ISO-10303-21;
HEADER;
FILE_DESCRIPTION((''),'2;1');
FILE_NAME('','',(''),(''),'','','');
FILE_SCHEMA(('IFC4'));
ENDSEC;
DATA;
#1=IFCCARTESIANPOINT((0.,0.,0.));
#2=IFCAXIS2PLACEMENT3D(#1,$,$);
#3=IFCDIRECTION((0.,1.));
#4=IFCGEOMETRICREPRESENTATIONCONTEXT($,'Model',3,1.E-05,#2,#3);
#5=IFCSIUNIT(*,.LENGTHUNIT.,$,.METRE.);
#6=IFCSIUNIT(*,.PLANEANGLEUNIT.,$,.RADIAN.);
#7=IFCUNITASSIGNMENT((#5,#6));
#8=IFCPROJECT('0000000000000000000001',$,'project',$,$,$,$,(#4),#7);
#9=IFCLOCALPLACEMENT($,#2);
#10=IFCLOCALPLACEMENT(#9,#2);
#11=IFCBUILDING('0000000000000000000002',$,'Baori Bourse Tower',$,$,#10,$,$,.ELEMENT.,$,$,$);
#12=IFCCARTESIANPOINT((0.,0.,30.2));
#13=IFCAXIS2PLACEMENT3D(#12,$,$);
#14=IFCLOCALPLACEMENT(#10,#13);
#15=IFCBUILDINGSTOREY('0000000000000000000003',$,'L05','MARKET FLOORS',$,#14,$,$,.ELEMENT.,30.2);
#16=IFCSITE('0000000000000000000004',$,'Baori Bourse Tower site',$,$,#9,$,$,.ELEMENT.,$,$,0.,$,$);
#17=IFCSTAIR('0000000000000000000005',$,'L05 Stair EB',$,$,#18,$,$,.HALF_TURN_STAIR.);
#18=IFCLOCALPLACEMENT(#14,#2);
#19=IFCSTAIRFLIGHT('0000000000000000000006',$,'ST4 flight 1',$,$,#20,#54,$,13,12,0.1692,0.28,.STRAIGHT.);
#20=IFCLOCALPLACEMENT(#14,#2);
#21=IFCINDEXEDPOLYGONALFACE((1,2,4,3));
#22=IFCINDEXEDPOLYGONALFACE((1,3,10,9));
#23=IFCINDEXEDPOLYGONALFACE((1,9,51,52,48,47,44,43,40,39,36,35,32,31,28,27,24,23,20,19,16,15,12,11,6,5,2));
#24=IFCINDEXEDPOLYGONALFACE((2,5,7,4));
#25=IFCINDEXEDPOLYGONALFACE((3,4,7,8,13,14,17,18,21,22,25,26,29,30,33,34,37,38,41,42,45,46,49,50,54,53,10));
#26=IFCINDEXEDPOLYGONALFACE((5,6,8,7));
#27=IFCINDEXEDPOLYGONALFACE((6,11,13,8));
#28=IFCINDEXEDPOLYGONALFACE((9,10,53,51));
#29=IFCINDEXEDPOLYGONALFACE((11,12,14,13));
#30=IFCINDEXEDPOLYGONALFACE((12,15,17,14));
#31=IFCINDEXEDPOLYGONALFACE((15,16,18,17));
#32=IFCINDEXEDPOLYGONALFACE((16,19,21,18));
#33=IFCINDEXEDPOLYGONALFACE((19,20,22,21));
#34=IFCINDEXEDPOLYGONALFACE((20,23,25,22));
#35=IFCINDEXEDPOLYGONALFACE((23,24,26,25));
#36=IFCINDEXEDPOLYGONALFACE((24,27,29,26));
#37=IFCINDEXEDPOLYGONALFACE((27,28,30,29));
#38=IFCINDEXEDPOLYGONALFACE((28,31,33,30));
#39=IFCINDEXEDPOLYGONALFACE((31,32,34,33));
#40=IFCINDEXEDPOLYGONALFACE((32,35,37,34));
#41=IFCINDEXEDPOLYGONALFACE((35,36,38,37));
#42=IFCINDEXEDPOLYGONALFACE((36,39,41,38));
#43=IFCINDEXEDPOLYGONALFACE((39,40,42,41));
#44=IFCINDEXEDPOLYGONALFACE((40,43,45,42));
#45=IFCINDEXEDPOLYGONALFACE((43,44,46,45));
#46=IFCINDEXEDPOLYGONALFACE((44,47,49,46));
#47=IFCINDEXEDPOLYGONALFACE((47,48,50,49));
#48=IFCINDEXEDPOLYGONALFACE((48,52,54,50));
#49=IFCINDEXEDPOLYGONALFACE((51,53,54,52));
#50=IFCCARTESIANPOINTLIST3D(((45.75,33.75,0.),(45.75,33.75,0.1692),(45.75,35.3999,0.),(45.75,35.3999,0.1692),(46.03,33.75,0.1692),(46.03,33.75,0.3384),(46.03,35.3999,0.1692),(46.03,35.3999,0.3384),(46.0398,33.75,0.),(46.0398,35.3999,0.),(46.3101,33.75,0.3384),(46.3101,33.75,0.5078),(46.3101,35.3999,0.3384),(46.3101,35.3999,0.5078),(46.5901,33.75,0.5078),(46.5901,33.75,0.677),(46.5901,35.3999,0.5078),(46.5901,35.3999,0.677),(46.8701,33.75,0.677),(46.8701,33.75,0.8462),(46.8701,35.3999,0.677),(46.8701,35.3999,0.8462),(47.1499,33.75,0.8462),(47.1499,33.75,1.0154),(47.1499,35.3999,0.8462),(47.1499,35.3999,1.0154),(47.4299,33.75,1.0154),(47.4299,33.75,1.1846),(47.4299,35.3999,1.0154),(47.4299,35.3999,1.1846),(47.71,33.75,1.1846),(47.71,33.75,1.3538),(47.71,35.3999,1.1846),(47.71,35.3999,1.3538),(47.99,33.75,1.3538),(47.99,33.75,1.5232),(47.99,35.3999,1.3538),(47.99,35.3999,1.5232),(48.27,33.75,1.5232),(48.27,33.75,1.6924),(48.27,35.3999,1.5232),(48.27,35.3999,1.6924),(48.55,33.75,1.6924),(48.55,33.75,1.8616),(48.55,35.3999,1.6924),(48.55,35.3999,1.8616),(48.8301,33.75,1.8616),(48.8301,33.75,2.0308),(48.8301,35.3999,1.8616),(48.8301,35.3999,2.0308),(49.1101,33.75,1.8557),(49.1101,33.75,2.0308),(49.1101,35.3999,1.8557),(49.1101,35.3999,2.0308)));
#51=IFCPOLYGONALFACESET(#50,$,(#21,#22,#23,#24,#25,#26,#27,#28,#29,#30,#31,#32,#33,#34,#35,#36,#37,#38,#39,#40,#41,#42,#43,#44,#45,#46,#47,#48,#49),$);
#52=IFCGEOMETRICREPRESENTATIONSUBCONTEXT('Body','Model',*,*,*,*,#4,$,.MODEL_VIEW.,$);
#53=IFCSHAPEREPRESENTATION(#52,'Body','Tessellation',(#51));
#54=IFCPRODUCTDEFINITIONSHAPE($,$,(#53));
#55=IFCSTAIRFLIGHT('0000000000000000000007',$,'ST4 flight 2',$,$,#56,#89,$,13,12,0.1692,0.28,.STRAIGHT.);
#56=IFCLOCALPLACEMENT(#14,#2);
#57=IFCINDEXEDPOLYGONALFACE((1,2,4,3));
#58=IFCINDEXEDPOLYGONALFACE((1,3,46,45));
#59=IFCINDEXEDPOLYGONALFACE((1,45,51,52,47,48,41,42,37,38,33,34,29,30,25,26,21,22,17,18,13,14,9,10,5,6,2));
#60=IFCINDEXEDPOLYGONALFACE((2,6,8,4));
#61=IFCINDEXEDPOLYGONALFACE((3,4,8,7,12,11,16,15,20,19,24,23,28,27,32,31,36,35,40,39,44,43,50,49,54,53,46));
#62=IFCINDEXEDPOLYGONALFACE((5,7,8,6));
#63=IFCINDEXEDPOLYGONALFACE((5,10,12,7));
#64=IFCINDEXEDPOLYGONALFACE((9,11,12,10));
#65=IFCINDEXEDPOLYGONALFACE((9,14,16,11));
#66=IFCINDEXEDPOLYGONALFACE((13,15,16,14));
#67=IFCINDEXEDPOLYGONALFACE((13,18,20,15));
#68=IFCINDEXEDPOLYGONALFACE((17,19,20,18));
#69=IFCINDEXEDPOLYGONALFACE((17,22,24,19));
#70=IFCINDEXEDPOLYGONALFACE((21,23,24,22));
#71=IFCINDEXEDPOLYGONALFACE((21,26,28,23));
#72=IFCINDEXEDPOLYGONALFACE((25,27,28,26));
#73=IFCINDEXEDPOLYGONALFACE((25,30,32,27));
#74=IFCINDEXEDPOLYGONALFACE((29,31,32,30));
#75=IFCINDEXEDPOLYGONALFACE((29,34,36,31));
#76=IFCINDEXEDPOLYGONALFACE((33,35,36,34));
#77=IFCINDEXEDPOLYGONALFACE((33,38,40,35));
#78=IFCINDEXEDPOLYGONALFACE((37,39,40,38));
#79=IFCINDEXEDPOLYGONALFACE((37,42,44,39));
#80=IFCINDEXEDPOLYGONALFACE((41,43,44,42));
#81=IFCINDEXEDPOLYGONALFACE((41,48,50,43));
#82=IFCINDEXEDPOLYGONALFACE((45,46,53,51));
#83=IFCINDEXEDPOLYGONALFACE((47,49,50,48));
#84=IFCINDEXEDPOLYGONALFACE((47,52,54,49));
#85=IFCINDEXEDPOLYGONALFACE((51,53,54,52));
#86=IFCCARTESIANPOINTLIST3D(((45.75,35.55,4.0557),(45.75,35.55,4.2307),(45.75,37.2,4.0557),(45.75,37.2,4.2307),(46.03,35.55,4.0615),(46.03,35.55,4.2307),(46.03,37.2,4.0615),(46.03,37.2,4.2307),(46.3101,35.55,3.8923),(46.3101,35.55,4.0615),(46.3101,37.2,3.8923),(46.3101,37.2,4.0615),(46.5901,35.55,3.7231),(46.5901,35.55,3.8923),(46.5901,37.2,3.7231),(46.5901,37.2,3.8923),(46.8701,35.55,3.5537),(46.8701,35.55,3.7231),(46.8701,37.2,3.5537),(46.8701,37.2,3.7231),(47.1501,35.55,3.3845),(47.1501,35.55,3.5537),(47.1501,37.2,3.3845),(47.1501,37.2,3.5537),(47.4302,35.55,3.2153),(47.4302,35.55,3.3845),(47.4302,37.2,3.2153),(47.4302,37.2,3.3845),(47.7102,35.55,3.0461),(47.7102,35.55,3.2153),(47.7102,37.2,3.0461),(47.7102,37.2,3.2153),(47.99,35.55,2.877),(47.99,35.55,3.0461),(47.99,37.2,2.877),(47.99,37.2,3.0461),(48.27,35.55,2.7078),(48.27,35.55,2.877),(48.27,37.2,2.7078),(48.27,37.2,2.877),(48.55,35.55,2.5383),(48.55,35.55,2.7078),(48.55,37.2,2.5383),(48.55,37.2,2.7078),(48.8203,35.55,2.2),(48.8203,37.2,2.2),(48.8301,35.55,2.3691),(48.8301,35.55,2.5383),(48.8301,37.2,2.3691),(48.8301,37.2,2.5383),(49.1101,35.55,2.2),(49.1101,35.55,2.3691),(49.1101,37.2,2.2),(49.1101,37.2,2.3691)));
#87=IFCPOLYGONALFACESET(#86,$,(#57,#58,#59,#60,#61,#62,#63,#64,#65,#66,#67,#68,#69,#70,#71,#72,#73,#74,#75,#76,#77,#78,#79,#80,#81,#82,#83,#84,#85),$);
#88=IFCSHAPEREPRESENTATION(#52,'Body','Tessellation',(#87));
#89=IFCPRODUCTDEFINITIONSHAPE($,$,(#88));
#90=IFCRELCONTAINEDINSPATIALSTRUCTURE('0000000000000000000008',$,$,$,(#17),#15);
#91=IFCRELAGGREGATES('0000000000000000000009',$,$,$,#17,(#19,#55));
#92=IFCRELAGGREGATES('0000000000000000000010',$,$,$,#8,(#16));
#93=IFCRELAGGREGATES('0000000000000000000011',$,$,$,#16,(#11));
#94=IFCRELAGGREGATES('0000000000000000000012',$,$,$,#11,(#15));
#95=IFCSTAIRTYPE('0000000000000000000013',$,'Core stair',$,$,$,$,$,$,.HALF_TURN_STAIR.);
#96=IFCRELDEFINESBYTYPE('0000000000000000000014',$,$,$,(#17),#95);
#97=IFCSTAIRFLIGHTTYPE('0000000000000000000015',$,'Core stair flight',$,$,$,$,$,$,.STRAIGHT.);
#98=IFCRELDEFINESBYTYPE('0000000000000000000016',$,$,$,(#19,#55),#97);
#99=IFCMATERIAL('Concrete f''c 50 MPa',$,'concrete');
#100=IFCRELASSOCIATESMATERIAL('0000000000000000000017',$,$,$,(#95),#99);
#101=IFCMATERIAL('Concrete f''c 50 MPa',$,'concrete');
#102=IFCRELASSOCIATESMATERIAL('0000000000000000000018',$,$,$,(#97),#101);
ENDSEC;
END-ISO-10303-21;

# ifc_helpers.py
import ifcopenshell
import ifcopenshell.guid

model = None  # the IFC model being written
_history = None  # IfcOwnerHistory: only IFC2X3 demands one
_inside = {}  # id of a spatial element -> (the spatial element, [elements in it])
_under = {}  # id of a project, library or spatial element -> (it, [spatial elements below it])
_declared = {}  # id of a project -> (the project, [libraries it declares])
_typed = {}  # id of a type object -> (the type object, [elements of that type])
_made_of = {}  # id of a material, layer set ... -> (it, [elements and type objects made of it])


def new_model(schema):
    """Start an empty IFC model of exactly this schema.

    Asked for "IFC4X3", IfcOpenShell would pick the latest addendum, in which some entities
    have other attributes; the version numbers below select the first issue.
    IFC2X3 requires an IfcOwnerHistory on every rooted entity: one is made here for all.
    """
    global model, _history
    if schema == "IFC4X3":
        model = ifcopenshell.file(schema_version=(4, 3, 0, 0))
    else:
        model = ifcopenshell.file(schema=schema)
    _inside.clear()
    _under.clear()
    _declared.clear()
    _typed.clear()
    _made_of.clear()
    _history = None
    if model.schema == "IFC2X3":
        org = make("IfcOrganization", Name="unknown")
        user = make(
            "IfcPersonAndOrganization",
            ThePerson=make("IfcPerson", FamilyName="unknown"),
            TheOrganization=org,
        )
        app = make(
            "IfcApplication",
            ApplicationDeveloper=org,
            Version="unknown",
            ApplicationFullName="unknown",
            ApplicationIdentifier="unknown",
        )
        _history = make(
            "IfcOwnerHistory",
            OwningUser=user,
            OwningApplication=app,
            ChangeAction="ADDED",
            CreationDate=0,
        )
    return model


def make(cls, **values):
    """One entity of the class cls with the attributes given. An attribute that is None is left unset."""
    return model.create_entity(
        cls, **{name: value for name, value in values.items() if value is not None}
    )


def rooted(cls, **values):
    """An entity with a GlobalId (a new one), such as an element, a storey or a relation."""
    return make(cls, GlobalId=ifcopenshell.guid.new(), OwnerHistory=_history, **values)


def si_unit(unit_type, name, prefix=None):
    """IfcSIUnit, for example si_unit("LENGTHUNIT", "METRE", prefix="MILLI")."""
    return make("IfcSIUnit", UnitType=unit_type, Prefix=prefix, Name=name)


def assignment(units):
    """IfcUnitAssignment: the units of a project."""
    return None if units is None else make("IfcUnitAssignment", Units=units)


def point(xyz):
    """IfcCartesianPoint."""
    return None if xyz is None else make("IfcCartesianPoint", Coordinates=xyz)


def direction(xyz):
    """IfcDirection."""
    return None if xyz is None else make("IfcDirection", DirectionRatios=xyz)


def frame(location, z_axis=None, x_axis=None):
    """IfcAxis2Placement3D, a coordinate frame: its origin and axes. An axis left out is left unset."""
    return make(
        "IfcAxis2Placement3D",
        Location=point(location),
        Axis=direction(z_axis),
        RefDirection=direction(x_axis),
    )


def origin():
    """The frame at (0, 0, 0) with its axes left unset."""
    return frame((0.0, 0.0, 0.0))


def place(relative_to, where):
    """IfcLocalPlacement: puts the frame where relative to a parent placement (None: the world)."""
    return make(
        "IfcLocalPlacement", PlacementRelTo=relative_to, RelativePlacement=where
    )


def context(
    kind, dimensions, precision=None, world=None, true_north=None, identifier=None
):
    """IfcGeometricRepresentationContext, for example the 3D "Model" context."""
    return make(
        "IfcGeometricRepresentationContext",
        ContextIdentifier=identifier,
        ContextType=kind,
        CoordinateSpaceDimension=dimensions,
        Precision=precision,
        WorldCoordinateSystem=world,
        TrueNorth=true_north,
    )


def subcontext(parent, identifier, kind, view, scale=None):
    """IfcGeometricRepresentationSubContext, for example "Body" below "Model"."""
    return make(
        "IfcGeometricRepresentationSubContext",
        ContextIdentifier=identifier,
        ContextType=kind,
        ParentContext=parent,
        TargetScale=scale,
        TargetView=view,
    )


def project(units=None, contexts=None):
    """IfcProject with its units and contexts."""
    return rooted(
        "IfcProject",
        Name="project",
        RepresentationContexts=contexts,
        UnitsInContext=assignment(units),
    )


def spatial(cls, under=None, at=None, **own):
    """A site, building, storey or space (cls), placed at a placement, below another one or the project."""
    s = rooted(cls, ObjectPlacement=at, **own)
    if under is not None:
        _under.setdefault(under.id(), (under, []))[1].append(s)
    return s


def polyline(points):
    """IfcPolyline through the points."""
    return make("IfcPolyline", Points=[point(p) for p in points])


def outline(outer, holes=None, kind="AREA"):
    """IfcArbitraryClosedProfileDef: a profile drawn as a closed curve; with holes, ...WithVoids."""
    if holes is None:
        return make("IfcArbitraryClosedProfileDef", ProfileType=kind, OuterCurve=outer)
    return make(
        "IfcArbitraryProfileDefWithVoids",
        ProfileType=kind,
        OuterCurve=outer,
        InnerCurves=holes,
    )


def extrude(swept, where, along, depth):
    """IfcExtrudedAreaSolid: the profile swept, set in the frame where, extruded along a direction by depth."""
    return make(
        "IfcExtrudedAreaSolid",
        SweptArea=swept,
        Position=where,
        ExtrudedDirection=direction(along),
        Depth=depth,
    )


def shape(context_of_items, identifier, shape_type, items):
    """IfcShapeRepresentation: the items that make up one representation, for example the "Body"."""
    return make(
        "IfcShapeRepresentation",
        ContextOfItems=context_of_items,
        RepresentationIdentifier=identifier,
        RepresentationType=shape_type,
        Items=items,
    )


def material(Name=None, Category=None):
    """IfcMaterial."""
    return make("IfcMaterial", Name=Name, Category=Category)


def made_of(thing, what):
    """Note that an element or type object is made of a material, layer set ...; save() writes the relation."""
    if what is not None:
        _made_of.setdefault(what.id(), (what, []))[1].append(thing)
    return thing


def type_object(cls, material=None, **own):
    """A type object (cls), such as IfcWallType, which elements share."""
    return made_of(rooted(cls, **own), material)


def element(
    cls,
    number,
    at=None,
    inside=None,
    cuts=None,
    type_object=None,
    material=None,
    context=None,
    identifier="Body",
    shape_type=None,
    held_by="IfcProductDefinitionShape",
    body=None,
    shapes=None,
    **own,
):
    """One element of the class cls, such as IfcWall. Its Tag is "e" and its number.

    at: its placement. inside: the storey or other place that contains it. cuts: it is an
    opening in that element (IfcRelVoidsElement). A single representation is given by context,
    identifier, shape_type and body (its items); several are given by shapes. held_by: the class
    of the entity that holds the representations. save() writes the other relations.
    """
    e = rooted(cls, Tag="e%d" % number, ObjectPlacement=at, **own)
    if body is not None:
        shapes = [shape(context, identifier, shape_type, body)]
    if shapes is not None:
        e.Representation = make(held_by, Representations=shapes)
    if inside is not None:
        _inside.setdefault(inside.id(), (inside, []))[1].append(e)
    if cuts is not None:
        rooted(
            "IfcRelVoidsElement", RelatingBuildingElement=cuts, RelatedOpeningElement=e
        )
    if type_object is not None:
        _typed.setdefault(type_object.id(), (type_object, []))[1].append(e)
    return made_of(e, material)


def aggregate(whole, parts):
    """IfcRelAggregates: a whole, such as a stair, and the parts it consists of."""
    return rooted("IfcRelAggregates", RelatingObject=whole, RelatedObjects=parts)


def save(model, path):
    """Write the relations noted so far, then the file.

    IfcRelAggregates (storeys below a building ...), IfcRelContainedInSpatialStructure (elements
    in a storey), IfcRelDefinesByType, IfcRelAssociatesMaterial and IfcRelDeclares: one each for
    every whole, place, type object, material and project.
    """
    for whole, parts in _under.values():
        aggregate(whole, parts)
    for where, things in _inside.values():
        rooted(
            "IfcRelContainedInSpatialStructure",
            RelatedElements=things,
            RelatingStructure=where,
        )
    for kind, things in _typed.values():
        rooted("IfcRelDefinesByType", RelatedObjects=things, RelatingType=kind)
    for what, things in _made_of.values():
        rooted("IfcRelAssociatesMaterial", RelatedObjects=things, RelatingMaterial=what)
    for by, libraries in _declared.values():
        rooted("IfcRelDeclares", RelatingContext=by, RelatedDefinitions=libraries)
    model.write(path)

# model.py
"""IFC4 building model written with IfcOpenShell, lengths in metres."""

from ifc_helpers import new_model, si_unit, direction, frame, origin, place, context, subcontext, project, spatial, polyline, outline, extrude, material, type_object, element, aggregate, save


model = new_model("IFC4")

# Units and contexts
model_context = context("Model", 3, precision=1e-05, world=origin(), true_north=direction((0.0, 1.0)))
body_context = subcontext(model_context, "Body", "Model", "MODEL_VIEW")
ifc_project = project(units=[si_unit("LENGTHUNIT", "METRE"), si_unit("PLANEANGLEUNIT", "RADIAN")], contexts=[model_context])

# Site, building, storey
site_placement = place(None, origin())
site = spatial("IfcSite", under=ifc_project, at=site_placement, Name="Baori Bourse Tower site", CompositionType="ELEMENT", RefElevation=0.0)
building_placement = place(site_placement, origin())
building = spatial("IfcBuilding", under=site, at=building_placement, Name="Baori Bourse Tower", CompositionType="ELEMENT")
storey_placement = place(building_placement, frame((0.0, 0.0, 30.2)))
storey = spatial("IfcBuildingStorey", under=building, at=storey_placement, Name="L05", Description="MARKET FLOORS", CompositionType="ELEMENT", Elevation=30.2)

# Shared definitions
ifc_material_1 = material(Name="Concrete f'c 50 MPa", Category="concrete")
stair_type = type_object("IfcStairType", Name="Core stair", PredefinedType="HALF_TURN_STAIR", material=ifc_material_1)
ifc_material_2 = material(Name="Concrete f'c 50 MPa", Category="concrete")
stair_flight_type = type_object("IfcStairFlightType", Name="Core stair flight", PredefinedType="STRAIGHT", material=ifc_material_2)

# Stair, stair flights
stair_1_placement = place(storey_placement, origin())
stair_1 = element("IfcStair", 1, at=stair_1_placement, inside=storey, type_object=stair_type, Name="L05 Stair EB", PredefinedType="HALF_TURN_STAIR")
stair_flight_1_placement = place(storey_placement, frame((45.75, 34.575, 0.0), z_axis=(0.0, 0.0, 1.0), x_axis=(1.0, 0.0, 0.0)))
stair_flight_1 = element("IfcStairFlight", 2, at=stair_flight_1_placement, type_object=stair_flight_type, Name="ST4 flight 1", NumberOfRisers=13, NumberOfTreads=12, PredefinedType="STRAIGHT", RiserHeight=0.1692, TreadLength=0.28, context=body_context, shape_type="SweptSolid", body=[
    extrude(outline(polyline([(0.0, 0.0), (0.0, 0.1692), (0.28, 0.1692), (0.28, 0.3384), (0.5601, 0.3384), (0.5601, 0.5078), (0.8401, 0.5078), (0.8401, 0.677), (1.1201, 0.677), (1.1201, 0.8462), (1.3999, 0.8462), (1.3999, 1.0154), (1.6799, 1.0154), (1.6799, 1.1846), (1.96, 1.1846), (1.96, 1.3538), (2.24, 1.3538), (2.24, 1.5232), (2.52, 1.5232), (2.52, 1.6924), (2.8, 1.6924), (2.8, 1.8616), (3.0801, 1.8616), (3.0801, 2.0308), (3.3601, 2.0308), (3.3601, 2.2), (3.3601, 1.8557), (0.2898, 0.0), (0.0, 0.0)])), frame((0.0, 0.825, 0.0), z_axis=(0.0, -1.0, 0.0), x_axis=(1.0, 0.0, 0.0)), (0.0, 0.0, 1.0), 1.6499),
])
stair_flight_2_placement = place(storey_placement, frame((49.1101, 36.375, 2.2), z_axis=(0.0, 0.0, 1.0), x_axis=(-1.0, 0.0, 0.0)))
stair_flight_2 = element("IfcStairFlight", 3, at=stair_flight_2_placement, type_object=stair_flight_type, Name="ST4 flight 2", NumberOfRisers=13, NumberOfTreads=12, PredefinedType="STRAIGHT", RiserHeight=0.1692, TreadLength=0.28, context=body_context, shape_type="SweptSolid", body=[
    extrude(outline(polyline([(0.0, 0.0), (0.0, 0.1692), (0.28, 0.1692), (0.28, 0.3384), (0.5601, 0.3384), (0.5601, 0.5078), (0.8401, 0.5078), (0.8401, 0.677), (1.1201, 0.677), (1.1201, 0.8462), (1.3999, 0.8462), (1.3999, 1.0154), (1.6799, 1.0154), (1.6799, 1.1846), (1.96, 1.1846), (1.96, 1.3538), (2.24, 1.3538), (2.24, 1.5232), (2.52, 1.5232), (2.52, 1.6924), (2.8, 1.6924), (2.8, 1.8616), (3.0801, 1.8616), (3.0801, 2.0308), (3.3601, 2.0308), (3.3601, 2.2), (3.3601, 1.8557), (0.2898, 0.0), (0.0, 0.0)])), frame((0.0, 0.825, 0.0), z_axis=(0.0, -1.0, 0.0), x_axis=(1.0, 0.0, 0.0)), (0.0, 0.0, 1.0), 1.6499),
])
aggregate(stair_1, [stair_flight_1, stair_flight_2])

save(model, "model.ifc")
